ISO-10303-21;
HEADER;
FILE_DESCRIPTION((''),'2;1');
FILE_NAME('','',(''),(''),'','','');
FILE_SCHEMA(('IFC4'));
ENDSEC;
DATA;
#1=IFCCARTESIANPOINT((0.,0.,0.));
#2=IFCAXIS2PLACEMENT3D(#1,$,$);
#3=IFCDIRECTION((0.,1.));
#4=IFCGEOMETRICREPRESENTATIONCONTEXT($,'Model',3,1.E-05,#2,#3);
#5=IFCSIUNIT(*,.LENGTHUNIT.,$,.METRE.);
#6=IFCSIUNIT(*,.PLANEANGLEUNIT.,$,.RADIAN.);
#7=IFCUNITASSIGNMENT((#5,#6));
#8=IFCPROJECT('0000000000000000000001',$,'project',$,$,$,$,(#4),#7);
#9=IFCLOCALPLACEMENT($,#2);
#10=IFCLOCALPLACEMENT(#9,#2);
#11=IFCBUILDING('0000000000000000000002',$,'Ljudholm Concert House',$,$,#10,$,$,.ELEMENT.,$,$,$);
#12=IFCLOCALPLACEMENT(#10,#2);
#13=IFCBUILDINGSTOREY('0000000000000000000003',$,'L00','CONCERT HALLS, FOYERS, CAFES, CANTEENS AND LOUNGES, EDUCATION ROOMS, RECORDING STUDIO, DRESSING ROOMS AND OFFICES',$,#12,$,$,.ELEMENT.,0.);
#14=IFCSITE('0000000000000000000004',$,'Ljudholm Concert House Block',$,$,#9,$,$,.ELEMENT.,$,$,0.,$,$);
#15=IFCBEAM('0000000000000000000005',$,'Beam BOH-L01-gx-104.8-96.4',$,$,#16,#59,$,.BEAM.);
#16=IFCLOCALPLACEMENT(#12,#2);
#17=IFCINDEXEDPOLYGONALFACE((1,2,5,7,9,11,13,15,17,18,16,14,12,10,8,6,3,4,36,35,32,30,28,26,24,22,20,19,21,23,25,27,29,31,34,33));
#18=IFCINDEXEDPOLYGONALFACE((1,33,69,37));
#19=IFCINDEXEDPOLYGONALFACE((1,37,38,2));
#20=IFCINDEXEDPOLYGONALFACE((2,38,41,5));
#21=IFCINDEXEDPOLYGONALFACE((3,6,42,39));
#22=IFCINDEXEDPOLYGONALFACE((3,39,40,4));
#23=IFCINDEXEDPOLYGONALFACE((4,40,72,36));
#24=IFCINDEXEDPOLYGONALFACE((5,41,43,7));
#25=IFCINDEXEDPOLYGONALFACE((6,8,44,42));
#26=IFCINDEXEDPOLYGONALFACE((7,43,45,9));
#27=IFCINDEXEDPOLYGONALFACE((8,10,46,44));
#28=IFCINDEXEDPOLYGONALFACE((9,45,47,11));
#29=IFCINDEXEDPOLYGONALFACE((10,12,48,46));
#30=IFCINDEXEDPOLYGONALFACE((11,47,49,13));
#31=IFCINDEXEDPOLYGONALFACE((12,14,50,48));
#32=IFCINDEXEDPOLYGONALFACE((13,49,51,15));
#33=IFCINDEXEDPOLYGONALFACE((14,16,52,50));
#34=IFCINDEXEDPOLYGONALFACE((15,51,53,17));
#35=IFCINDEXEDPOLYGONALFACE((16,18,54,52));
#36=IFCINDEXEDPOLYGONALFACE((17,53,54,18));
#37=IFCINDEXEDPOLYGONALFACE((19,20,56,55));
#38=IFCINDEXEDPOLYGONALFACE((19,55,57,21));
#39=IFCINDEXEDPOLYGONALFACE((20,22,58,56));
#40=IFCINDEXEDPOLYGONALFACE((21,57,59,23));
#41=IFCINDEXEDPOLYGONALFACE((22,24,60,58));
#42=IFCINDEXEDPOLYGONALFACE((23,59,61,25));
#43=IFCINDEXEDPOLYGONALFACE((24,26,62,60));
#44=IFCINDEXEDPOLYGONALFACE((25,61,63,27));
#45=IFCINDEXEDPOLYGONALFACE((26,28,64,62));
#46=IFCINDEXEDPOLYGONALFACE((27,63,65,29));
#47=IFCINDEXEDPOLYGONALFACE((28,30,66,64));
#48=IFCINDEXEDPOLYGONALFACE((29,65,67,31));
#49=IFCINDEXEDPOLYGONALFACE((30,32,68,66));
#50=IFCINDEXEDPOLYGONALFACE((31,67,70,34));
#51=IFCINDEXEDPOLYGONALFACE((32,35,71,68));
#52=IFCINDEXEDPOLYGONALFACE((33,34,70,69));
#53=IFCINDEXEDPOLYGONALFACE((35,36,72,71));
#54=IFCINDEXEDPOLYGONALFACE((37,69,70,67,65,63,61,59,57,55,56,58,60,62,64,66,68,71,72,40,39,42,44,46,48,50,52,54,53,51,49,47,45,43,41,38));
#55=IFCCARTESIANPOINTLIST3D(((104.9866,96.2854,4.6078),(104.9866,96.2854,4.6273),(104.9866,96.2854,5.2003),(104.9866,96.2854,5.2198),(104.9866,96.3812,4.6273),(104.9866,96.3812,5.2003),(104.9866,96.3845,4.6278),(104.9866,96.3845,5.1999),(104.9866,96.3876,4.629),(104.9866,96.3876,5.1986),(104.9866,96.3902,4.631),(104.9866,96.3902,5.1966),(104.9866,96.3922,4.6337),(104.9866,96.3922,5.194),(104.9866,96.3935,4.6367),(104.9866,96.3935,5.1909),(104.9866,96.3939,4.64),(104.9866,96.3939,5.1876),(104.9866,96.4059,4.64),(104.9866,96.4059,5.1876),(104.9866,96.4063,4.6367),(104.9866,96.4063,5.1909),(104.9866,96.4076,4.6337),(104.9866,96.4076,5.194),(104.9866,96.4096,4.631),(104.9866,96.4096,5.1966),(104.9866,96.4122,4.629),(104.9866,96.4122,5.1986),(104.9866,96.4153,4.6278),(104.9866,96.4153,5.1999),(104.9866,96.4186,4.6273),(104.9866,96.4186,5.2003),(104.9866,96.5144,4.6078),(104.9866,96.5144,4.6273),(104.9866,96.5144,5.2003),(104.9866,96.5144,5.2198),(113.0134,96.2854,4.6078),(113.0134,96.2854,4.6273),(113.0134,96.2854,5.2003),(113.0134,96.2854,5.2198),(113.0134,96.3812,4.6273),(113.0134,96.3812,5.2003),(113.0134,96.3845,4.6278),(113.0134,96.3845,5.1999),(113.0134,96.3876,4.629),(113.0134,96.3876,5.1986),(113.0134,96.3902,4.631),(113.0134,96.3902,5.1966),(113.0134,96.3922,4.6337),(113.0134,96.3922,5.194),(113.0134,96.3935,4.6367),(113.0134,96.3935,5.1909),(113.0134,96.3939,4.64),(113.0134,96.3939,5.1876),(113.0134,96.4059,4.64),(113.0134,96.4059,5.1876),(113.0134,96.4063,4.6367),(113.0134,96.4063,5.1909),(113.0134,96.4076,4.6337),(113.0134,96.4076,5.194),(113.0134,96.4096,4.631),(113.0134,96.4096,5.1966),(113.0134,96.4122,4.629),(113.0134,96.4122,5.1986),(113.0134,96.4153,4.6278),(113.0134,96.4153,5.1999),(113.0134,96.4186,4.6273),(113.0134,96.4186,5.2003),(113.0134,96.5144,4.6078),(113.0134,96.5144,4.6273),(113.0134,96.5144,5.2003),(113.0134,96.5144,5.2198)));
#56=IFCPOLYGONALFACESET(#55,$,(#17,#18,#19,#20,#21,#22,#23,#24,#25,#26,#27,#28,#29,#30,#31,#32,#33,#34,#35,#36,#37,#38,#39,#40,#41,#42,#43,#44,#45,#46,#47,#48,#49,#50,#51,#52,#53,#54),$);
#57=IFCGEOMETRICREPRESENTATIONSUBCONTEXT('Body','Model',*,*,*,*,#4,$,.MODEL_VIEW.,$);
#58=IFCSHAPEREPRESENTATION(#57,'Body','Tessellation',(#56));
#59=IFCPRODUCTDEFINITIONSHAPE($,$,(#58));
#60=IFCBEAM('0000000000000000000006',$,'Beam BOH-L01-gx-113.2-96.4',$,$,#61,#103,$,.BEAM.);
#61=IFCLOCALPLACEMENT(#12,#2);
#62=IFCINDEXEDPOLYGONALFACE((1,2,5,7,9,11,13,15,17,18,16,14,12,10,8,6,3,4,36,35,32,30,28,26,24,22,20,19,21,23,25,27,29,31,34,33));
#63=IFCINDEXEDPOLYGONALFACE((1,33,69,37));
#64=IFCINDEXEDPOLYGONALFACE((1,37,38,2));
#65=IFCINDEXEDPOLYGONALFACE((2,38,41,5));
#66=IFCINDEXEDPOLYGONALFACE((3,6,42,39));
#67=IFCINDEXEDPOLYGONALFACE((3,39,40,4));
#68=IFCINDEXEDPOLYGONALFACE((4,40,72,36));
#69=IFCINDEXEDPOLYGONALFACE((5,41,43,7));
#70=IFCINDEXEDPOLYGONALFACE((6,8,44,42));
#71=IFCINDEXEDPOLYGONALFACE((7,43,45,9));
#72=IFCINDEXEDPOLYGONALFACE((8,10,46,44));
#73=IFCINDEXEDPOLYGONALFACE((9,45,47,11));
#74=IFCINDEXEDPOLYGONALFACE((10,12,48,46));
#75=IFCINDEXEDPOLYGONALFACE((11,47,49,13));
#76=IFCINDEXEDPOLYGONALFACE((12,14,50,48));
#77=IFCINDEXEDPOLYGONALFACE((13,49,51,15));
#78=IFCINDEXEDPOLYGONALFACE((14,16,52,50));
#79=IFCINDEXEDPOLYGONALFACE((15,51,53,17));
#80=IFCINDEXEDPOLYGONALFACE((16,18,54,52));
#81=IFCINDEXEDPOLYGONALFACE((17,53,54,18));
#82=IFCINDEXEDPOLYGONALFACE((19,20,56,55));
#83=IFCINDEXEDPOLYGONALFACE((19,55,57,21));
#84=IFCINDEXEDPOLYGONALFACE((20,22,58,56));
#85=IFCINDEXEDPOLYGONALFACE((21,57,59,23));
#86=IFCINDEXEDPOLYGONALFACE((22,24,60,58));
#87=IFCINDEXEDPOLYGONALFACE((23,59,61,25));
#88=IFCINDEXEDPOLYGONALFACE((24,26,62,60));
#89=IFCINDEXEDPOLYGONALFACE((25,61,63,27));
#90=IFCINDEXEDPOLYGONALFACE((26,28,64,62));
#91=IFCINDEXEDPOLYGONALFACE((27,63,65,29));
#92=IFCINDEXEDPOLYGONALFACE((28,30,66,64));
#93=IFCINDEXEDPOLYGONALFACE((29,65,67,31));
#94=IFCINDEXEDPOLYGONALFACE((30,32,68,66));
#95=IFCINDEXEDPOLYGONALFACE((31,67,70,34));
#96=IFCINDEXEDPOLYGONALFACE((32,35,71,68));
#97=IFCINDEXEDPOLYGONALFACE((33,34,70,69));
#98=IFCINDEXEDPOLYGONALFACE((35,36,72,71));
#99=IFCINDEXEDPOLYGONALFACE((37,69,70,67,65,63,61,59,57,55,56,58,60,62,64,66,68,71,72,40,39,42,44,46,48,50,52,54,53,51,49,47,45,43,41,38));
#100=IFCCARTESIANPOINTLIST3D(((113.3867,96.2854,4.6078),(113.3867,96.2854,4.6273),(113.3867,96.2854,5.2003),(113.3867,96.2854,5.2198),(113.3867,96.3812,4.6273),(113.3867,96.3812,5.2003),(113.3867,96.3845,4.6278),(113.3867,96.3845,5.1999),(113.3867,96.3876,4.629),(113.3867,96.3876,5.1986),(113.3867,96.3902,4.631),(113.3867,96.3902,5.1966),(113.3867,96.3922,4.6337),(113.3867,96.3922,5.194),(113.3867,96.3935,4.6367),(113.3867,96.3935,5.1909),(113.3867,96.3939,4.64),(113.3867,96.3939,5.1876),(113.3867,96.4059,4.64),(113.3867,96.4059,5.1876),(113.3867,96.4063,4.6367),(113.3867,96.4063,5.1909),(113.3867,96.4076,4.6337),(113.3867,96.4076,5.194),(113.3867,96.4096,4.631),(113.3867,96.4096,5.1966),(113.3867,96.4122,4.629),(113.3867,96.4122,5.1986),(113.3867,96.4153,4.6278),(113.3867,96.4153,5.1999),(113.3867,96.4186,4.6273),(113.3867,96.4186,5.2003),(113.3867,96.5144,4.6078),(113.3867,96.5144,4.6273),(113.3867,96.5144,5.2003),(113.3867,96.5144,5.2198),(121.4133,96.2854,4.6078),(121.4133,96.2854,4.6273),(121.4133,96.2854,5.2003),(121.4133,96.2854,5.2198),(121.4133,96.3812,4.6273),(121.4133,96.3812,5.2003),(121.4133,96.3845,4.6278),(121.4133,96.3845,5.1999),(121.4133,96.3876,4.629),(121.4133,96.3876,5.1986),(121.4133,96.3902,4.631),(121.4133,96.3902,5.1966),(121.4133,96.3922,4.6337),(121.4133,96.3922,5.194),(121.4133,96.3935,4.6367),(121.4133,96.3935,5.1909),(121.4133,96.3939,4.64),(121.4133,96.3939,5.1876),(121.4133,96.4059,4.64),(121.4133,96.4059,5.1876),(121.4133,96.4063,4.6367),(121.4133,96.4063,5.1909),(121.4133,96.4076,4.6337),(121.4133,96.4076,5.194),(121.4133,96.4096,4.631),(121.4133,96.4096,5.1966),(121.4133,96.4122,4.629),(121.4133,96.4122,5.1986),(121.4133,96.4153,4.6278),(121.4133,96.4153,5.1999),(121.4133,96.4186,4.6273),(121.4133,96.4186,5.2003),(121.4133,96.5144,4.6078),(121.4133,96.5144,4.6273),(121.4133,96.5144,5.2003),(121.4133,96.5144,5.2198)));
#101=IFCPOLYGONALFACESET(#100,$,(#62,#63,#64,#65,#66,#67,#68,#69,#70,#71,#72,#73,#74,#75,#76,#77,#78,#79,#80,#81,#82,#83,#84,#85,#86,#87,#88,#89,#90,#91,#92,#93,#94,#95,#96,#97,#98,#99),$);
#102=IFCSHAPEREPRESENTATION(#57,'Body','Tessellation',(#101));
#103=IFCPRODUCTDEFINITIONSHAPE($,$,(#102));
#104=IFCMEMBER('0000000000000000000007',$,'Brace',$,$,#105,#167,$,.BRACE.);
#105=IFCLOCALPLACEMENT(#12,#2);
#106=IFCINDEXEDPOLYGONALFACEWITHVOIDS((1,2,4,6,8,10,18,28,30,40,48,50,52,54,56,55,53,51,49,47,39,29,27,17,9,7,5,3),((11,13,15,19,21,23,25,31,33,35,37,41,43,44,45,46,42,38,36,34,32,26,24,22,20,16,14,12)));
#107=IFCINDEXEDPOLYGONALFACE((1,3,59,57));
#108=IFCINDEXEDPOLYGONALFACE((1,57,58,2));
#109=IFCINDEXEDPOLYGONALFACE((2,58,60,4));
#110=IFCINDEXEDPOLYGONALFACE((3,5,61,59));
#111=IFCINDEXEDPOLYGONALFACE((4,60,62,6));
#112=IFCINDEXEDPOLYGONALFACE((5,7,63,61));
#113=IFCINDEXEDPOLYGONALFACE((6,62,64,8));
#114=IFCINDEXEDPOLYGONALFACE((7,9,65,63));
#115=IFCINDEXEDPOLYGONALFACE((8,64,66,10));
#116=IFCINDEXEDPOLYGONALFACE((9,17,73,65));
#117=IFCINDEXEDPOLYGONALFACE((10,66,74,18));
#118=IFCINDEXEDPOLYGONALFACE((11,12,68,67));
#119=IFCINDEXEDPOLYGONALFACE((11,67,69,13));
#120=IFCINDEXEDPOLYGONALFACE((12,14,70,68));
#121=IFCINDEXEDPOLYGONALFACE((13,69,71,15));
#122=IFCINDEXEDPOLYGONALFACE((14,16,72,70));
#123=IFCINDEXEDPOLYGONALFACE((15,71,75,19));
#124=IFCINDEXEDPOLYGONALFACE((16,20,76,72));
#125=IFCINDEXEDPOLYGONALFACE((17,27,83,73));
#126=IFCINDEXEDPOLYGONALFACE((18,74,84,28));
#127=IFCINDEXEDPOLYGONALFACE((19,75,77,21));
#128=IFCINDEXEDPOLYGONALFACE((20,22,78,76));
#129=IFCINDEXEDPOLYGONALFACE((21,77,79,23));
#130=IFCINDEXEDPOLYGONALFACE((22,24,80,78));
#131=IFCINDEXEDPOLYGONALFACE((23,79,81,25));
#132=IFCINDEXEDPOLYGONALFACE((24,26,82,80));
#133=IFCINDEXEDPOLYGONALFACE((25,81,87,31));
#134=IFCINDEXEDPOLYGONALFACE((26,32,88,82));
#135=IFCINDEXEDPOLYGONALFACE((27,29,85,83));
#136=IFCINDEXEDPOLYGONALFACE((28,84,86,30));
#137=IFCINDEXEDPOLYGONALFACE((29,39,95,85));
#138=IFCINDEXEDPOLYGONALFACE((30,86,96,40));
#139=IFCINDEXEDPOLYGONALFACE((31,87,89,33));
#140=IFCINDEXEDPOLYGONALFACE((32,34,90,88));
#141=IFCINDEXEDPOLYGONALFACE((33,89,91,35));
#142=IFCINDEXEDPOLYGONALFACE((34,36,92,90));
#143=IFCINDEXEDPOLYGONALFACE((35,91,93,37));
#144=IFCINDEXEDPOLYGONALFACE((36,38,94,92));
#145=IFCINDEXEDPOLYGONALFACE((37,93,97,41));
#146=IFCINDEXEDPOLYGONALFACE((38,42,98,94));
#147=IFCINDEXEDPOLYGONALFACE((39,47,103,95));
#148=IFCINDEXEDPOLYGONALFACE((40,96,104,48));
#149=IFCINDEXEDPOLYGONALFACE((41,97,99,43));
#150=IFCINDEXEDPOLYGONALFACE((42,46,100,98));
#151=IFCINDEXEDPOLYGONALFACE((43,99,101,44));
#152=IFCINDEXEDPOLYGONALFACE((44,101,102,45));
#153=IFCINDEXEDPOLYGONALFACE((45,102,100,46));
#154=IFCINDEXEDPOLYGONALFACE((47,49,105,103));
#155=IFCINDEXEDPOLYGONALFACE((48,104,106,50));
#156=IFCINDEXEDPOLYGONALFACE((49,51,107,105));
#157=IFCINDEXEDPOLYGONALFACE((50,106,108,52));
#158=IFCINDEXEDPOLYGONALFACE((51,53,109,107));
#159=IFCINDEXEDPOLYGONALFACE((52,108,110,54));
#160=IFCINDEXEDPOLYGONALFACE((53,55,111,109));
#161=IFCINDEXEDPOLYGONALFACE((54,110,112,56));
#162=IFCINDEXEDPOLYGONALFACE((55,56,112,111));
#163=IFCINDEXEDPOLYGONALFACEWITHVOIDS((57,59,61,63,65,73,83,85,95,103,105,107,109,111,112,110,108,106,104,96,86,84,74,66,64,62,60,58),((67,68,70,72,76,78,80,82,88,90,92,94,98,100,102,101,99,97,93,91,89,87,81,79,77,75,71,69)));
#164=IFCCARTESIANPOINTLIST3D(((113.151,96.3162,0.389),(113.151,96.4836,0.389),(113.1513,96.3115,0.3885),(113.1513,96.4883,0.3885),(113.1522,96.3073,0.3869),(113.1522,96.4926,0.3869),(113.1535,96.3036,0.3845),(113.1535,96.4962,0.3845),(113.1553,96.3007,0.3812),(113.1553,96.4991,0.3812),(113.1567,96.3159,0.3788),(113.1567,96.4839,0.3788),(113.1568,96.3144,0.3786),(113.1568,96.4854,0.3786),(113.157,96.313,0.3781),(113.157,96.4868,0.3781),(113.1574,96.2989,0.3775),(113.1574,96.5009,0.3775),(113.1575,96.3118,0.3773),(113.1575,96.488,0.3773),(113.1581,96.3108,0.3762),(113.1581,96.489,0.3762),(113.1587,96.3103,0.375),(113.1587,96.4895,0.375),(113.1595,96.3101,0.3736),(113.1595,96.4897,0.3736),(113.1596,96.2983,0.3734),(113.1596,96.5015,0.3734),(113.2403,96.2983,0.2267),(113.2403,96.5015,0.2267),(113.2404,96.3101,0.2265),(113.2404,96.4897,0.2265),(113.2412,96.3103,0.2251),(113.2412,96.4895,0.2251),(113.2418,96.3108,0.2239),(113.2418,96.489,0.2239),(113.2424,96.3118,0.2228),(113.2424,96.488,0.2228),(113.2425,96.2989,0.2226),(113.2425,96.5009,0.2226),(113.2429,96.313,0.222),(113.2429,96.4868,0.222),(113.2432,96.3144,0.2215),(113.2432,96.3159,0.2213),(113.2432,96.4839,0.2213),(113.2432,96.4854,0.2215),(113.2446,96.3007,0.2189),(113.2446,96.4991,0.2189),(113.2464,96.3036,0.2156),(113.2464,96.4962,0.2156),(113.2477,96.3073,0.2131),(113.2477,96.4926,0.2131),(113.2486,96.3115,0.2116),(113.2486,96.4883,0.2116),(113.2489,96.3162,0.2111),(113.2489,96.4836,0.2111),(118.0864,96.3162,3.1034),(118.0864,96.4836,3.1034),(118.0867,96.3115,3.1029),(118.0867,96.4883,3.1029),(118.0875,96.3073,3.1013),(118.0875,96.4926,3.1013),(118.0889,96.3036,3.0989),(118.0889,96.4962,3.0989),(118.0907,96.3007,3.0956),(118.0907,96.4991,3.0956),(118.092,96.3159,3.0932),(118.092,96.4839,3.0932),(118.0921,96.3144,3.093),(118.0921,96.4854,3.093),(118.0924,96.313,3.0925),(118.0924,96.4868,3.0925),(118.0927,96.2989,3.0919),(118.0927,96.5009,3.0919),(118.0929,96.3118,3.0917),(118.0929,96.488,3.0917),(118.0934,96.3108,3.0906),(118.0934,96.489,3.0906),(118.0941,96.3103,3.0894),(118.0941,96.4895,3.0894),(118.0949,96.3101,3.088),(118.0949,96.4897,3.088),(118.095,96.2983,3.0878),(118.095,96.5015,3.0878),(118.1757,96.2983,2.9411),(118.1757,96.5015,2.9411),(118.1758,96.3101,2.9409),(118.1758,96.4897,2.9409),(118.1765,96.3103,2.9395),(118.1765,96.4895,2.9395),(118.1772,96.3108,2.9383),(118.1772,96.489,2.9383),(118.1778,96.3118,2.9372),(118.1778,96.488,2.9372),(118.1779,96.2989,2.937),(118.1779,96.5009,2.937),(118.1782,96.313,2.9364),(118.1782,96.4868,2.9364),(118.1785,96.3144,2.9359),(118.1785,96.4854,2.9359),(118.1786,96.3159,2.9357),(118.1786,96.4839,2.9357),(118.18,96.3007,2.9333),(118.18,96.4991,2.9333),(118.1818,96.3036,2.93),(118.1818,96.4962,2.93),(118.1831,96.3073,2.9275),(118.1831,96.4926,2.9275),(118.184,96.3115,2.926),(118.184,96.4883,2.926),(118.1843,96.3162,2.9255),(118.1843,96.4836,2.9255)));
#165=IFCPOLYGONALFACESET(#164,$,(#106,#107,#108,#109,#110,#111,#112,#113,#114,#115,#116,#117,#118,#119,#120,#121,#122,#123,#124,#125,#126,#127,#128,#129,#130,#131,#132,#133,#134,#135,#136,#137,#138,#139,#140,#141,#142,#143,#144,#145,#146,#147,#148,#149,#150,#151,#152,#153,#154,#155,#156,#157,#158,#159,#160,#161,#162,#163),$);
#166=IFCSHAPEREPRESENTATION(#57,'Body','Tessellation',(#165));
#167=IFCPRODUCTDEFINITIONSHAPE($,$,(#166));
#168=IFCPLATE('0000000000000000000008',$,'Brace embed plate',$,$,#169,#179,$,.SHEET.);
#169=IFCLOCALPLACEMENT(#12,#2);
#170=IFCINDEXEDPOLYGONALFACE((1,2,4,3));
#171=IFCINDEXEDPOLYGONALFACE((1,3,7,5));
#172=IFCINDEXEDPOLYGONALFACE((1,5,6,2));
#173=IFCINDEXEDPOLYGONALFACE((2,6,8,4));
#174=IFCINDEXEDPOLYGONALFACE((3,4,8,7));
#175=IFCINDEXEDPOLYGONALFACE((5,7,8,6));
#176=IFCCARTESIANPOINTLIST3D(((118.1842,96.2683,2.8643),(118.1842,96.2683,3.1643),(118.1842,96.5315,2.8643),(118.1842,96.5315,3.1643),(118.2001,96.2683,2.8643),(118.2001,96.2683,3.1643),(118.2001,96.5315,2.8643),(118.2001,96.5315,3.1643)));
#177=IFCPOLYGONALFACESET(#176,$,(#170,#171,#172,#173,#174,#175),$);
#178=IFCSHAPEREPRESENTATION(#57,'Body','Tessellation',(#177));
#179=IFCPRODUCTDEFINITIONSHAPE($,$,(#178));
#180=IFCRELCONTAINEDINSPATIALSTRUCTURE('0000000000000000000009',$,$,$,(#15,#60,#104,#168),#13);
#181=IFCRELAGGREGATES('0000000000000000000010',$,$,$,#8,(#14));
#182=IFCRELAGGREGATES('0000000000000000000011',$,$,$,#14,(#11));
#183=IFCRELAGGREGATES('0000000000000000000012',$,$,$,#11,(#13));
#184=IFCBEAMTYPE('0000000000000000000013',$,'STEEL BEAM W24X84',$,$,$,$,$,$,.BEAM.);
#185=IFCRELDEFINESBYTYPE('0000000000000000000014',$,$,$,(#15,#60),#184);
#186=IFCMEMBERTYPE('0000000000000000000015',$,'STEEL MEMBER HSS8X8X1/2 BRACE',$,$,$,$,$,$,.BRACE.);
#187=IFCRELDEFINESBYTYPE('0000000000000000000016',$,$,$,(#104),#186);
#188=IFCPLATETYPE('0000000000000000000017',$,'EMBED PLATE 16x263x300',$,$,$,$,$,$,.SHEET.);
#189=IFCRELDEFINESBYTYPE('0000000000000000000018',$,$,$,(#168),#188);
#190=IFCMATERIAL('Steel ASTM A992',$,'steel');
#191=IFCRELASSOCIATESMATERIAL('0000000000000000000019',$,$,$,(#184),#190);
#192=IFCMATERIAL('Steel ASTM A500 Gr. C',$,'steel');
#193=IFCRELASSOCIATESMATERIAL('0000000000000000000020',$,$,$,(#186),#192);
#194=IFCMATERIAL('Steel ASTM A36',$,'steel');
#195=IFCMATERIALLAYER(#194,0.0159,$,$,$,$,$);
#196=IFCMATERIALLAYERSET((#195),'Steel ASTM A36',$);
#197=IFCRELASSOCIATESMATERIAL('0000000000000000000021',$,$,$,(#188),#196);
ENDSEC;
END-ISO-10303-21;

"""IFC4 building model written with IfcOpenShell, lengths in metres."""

from ifc_helpers import new_model, si_unit, direction, frame, origin, origin_2d, place, context, subcontext, project, spatial, rectangle, hollow_rectangle, i_section, extrude, material, layer, layer_set, material_profile, profile_set, type_object, element, save


model = new_model("IFC4")

# Units and contexts
model_context = context("Model", 3, precision=1e-05, world=origin(), true_north=direction((0.0, 1.0)))
body_context = subcontext(model_context, "Body", "Model", "MODEL_VIEW")
ifc_project = project(units=[si_unit("LENGTHUNIT", "METRE"), si_unit("PLANEANGLEUNIT", "RADIAN")], contexts=[model_context])

# Site, building, storey
site_placement = place(None, origin())
site = spatial("IfcSite", under=ifc_project, at=site_placement, Name="Ljudholm Concert House Block", CompositionType="ELEMENT", RefElevation=0.0)
building_placement = place(site_placement, origin())
building = spatial("IfcBuilding", under=site, at=building_placement, Name="Ljudholm Concert House", CompositionType="ELEMENT")
storey_placement = place(building_placement, origin())
storey = spatial("IfcBuildingStorey", under=building, at=storey_placement, Name="L00", Description="CONCERT HALLS, FOYERS, CAFES, CANTEENS AND LOUNGES, EDUCATION ROOMS, RECORDING STUDIO, DRESSING ROOMS AND OFFICES", CompositionType="ELEMENT", Elevation=0.0)

# Beams
ifc_material_1 = material(Name="Steel ASTM A992", Category="steel")
ifc_material_profile_1 = material_profile(ifc_material_1, i_section(OverallWidth=0.229, OverallDepth=0.6121, WebThickness=0.012, FlangeThickness=0.0195, FilletRadius=0.0127, at=origin_2d()), Name="W24X84")
ifc_profile_set_1 = profile_set([ifc_material_profile_1], Name="Steel ASTM A992")
beam_type_1 = type_object("IfcBeamType", Name="STEEL BEAM W24X84", PredefinedType="BEAM", material=ifc_profile_set_1)
beam_1_placement = place(storey_placement, frame((104.9866, 96.3999, 4.9138), z_axis=(1.0, 0.0, 0.0), x_axis=(0.0, 1.0, 0.0)))
element("IfcBeam", 1, at=beam_1_placement, inside=storey, type_object=beam_type_1, Name="Beam BOH-L01-gx-104.8-96.4", PredefinedType="BEAM", context=body_context, shape_type="SweptSolid", body=[
    extrude(i_section(OverallWidth=0.229, OverallDepth=0.6121, WebThickness=0.012, FlangeThickness=0.0195, FilletRadius=0.0127, at=origin_2d()), origin(), (0.0, 0.0, 1.0), 8.0269),
])
beam_2_placement = place(storey_placement, frame((113.3867, 96.3999, 4.9138), z_axis=(1.0, 0.0, 0.0), x_axis=(0.0, 1.0, 0.0)))
element("IfcBeam", 2, at=beam_2_placement, inside=storey, type_object=beam_type_1, Name="Beam BOH-L01-gx-113.2-96.4", PredefinedType="BEAM", context=body_context, shape_type="SweptSolid", body=[
    extrude(i_section(OverallWidth=0.229, OverallDepth=0.6121, WebThickness=0.012, FlangeThickness=0.0195, FilletRadius=0.0127, at=origin_2d()), origin(), (0.0, 0.0, 1.0), 8.0266),
])

# Member
ifc_material_2 = material(Name="Steel ASTM A500 Gr. C", Category="steel")
ifc_material_profile_2 = material_profile(ifc_material_2, hollow_rectangle(XDim=0.2031, YDim=0.2031, WallThickness=0.0117, InnerFilletRadius=0.0059, OuterFilletRadius=0.0178, at=origin_2d()), Name="HSS8X8X1/2")
ifc_profile_set_2 = profile_set([ifc_material_profile_2], Name="Steel ASTM A500 Gr. C")
member_type = type_object("IfcMemberType", Name="STEEL MEMBER HSS8X8X1/2 BRACE", PredefinedType="BRACE", material=ifc_profile_set_2)
member_placement = place(storey_placement, frame((113.2, 96.3999, 0.3), z_axis=(0.87622, 0.0, 0.48191), x_axis=(0.0, 1.0, 0.0)))
element("IfcMember", 3, at=member_placement, inside=storey, type_object=member_type, Name="Brace", PredefinedType="BRACE", context=body_context, shape_type="SweptSolid", body=[
    extrude(hollow_rectangle(XDim=0.2031, YDim=0.2031, WallThickness=0.0117, InnerFilletRadius=0.0059, OuterFilletRadius=0.0178, at=origin_2d()), origin(), (0.0, 0.0, 1.0), 5.6326),
])

# Plate
ifc_material_3 = material(Name="Steel ASTM A36", Category="steel")
ifc_layer_1 = layer(ifc_material_3, 0.0159)
ifc_layer_set_1 = layer_set([ifc_layer_1], Name="Steel ASTM A36")
plate_type = type_object("IfcPlateType", Name="EMBED PLATE 16x263x300", PredefinedType="SHEET", material=ifc_layer_set_1)
plate_placement = place(storey_placement, frame((118.1921, 96.3999, 2.8643), z_axis=(0.0, 0.0, 1.0), x_axis=(1.0, 0.0, 0.0)))
element("IfcPlate", 4, at=plate_placement, inside=storey, type_object=plate_type, Name="Brace embed plate", PredefinedType="SHEET", context=body_context, shape_type="SweptSolid", body=[
    extrude(rectangle(XDim=0.0159, YDim=0.2632, at=origin_2d()), origin(), (0.0, 0.0, 1.0), 0.3),
])

save(model, "model.ifc")
